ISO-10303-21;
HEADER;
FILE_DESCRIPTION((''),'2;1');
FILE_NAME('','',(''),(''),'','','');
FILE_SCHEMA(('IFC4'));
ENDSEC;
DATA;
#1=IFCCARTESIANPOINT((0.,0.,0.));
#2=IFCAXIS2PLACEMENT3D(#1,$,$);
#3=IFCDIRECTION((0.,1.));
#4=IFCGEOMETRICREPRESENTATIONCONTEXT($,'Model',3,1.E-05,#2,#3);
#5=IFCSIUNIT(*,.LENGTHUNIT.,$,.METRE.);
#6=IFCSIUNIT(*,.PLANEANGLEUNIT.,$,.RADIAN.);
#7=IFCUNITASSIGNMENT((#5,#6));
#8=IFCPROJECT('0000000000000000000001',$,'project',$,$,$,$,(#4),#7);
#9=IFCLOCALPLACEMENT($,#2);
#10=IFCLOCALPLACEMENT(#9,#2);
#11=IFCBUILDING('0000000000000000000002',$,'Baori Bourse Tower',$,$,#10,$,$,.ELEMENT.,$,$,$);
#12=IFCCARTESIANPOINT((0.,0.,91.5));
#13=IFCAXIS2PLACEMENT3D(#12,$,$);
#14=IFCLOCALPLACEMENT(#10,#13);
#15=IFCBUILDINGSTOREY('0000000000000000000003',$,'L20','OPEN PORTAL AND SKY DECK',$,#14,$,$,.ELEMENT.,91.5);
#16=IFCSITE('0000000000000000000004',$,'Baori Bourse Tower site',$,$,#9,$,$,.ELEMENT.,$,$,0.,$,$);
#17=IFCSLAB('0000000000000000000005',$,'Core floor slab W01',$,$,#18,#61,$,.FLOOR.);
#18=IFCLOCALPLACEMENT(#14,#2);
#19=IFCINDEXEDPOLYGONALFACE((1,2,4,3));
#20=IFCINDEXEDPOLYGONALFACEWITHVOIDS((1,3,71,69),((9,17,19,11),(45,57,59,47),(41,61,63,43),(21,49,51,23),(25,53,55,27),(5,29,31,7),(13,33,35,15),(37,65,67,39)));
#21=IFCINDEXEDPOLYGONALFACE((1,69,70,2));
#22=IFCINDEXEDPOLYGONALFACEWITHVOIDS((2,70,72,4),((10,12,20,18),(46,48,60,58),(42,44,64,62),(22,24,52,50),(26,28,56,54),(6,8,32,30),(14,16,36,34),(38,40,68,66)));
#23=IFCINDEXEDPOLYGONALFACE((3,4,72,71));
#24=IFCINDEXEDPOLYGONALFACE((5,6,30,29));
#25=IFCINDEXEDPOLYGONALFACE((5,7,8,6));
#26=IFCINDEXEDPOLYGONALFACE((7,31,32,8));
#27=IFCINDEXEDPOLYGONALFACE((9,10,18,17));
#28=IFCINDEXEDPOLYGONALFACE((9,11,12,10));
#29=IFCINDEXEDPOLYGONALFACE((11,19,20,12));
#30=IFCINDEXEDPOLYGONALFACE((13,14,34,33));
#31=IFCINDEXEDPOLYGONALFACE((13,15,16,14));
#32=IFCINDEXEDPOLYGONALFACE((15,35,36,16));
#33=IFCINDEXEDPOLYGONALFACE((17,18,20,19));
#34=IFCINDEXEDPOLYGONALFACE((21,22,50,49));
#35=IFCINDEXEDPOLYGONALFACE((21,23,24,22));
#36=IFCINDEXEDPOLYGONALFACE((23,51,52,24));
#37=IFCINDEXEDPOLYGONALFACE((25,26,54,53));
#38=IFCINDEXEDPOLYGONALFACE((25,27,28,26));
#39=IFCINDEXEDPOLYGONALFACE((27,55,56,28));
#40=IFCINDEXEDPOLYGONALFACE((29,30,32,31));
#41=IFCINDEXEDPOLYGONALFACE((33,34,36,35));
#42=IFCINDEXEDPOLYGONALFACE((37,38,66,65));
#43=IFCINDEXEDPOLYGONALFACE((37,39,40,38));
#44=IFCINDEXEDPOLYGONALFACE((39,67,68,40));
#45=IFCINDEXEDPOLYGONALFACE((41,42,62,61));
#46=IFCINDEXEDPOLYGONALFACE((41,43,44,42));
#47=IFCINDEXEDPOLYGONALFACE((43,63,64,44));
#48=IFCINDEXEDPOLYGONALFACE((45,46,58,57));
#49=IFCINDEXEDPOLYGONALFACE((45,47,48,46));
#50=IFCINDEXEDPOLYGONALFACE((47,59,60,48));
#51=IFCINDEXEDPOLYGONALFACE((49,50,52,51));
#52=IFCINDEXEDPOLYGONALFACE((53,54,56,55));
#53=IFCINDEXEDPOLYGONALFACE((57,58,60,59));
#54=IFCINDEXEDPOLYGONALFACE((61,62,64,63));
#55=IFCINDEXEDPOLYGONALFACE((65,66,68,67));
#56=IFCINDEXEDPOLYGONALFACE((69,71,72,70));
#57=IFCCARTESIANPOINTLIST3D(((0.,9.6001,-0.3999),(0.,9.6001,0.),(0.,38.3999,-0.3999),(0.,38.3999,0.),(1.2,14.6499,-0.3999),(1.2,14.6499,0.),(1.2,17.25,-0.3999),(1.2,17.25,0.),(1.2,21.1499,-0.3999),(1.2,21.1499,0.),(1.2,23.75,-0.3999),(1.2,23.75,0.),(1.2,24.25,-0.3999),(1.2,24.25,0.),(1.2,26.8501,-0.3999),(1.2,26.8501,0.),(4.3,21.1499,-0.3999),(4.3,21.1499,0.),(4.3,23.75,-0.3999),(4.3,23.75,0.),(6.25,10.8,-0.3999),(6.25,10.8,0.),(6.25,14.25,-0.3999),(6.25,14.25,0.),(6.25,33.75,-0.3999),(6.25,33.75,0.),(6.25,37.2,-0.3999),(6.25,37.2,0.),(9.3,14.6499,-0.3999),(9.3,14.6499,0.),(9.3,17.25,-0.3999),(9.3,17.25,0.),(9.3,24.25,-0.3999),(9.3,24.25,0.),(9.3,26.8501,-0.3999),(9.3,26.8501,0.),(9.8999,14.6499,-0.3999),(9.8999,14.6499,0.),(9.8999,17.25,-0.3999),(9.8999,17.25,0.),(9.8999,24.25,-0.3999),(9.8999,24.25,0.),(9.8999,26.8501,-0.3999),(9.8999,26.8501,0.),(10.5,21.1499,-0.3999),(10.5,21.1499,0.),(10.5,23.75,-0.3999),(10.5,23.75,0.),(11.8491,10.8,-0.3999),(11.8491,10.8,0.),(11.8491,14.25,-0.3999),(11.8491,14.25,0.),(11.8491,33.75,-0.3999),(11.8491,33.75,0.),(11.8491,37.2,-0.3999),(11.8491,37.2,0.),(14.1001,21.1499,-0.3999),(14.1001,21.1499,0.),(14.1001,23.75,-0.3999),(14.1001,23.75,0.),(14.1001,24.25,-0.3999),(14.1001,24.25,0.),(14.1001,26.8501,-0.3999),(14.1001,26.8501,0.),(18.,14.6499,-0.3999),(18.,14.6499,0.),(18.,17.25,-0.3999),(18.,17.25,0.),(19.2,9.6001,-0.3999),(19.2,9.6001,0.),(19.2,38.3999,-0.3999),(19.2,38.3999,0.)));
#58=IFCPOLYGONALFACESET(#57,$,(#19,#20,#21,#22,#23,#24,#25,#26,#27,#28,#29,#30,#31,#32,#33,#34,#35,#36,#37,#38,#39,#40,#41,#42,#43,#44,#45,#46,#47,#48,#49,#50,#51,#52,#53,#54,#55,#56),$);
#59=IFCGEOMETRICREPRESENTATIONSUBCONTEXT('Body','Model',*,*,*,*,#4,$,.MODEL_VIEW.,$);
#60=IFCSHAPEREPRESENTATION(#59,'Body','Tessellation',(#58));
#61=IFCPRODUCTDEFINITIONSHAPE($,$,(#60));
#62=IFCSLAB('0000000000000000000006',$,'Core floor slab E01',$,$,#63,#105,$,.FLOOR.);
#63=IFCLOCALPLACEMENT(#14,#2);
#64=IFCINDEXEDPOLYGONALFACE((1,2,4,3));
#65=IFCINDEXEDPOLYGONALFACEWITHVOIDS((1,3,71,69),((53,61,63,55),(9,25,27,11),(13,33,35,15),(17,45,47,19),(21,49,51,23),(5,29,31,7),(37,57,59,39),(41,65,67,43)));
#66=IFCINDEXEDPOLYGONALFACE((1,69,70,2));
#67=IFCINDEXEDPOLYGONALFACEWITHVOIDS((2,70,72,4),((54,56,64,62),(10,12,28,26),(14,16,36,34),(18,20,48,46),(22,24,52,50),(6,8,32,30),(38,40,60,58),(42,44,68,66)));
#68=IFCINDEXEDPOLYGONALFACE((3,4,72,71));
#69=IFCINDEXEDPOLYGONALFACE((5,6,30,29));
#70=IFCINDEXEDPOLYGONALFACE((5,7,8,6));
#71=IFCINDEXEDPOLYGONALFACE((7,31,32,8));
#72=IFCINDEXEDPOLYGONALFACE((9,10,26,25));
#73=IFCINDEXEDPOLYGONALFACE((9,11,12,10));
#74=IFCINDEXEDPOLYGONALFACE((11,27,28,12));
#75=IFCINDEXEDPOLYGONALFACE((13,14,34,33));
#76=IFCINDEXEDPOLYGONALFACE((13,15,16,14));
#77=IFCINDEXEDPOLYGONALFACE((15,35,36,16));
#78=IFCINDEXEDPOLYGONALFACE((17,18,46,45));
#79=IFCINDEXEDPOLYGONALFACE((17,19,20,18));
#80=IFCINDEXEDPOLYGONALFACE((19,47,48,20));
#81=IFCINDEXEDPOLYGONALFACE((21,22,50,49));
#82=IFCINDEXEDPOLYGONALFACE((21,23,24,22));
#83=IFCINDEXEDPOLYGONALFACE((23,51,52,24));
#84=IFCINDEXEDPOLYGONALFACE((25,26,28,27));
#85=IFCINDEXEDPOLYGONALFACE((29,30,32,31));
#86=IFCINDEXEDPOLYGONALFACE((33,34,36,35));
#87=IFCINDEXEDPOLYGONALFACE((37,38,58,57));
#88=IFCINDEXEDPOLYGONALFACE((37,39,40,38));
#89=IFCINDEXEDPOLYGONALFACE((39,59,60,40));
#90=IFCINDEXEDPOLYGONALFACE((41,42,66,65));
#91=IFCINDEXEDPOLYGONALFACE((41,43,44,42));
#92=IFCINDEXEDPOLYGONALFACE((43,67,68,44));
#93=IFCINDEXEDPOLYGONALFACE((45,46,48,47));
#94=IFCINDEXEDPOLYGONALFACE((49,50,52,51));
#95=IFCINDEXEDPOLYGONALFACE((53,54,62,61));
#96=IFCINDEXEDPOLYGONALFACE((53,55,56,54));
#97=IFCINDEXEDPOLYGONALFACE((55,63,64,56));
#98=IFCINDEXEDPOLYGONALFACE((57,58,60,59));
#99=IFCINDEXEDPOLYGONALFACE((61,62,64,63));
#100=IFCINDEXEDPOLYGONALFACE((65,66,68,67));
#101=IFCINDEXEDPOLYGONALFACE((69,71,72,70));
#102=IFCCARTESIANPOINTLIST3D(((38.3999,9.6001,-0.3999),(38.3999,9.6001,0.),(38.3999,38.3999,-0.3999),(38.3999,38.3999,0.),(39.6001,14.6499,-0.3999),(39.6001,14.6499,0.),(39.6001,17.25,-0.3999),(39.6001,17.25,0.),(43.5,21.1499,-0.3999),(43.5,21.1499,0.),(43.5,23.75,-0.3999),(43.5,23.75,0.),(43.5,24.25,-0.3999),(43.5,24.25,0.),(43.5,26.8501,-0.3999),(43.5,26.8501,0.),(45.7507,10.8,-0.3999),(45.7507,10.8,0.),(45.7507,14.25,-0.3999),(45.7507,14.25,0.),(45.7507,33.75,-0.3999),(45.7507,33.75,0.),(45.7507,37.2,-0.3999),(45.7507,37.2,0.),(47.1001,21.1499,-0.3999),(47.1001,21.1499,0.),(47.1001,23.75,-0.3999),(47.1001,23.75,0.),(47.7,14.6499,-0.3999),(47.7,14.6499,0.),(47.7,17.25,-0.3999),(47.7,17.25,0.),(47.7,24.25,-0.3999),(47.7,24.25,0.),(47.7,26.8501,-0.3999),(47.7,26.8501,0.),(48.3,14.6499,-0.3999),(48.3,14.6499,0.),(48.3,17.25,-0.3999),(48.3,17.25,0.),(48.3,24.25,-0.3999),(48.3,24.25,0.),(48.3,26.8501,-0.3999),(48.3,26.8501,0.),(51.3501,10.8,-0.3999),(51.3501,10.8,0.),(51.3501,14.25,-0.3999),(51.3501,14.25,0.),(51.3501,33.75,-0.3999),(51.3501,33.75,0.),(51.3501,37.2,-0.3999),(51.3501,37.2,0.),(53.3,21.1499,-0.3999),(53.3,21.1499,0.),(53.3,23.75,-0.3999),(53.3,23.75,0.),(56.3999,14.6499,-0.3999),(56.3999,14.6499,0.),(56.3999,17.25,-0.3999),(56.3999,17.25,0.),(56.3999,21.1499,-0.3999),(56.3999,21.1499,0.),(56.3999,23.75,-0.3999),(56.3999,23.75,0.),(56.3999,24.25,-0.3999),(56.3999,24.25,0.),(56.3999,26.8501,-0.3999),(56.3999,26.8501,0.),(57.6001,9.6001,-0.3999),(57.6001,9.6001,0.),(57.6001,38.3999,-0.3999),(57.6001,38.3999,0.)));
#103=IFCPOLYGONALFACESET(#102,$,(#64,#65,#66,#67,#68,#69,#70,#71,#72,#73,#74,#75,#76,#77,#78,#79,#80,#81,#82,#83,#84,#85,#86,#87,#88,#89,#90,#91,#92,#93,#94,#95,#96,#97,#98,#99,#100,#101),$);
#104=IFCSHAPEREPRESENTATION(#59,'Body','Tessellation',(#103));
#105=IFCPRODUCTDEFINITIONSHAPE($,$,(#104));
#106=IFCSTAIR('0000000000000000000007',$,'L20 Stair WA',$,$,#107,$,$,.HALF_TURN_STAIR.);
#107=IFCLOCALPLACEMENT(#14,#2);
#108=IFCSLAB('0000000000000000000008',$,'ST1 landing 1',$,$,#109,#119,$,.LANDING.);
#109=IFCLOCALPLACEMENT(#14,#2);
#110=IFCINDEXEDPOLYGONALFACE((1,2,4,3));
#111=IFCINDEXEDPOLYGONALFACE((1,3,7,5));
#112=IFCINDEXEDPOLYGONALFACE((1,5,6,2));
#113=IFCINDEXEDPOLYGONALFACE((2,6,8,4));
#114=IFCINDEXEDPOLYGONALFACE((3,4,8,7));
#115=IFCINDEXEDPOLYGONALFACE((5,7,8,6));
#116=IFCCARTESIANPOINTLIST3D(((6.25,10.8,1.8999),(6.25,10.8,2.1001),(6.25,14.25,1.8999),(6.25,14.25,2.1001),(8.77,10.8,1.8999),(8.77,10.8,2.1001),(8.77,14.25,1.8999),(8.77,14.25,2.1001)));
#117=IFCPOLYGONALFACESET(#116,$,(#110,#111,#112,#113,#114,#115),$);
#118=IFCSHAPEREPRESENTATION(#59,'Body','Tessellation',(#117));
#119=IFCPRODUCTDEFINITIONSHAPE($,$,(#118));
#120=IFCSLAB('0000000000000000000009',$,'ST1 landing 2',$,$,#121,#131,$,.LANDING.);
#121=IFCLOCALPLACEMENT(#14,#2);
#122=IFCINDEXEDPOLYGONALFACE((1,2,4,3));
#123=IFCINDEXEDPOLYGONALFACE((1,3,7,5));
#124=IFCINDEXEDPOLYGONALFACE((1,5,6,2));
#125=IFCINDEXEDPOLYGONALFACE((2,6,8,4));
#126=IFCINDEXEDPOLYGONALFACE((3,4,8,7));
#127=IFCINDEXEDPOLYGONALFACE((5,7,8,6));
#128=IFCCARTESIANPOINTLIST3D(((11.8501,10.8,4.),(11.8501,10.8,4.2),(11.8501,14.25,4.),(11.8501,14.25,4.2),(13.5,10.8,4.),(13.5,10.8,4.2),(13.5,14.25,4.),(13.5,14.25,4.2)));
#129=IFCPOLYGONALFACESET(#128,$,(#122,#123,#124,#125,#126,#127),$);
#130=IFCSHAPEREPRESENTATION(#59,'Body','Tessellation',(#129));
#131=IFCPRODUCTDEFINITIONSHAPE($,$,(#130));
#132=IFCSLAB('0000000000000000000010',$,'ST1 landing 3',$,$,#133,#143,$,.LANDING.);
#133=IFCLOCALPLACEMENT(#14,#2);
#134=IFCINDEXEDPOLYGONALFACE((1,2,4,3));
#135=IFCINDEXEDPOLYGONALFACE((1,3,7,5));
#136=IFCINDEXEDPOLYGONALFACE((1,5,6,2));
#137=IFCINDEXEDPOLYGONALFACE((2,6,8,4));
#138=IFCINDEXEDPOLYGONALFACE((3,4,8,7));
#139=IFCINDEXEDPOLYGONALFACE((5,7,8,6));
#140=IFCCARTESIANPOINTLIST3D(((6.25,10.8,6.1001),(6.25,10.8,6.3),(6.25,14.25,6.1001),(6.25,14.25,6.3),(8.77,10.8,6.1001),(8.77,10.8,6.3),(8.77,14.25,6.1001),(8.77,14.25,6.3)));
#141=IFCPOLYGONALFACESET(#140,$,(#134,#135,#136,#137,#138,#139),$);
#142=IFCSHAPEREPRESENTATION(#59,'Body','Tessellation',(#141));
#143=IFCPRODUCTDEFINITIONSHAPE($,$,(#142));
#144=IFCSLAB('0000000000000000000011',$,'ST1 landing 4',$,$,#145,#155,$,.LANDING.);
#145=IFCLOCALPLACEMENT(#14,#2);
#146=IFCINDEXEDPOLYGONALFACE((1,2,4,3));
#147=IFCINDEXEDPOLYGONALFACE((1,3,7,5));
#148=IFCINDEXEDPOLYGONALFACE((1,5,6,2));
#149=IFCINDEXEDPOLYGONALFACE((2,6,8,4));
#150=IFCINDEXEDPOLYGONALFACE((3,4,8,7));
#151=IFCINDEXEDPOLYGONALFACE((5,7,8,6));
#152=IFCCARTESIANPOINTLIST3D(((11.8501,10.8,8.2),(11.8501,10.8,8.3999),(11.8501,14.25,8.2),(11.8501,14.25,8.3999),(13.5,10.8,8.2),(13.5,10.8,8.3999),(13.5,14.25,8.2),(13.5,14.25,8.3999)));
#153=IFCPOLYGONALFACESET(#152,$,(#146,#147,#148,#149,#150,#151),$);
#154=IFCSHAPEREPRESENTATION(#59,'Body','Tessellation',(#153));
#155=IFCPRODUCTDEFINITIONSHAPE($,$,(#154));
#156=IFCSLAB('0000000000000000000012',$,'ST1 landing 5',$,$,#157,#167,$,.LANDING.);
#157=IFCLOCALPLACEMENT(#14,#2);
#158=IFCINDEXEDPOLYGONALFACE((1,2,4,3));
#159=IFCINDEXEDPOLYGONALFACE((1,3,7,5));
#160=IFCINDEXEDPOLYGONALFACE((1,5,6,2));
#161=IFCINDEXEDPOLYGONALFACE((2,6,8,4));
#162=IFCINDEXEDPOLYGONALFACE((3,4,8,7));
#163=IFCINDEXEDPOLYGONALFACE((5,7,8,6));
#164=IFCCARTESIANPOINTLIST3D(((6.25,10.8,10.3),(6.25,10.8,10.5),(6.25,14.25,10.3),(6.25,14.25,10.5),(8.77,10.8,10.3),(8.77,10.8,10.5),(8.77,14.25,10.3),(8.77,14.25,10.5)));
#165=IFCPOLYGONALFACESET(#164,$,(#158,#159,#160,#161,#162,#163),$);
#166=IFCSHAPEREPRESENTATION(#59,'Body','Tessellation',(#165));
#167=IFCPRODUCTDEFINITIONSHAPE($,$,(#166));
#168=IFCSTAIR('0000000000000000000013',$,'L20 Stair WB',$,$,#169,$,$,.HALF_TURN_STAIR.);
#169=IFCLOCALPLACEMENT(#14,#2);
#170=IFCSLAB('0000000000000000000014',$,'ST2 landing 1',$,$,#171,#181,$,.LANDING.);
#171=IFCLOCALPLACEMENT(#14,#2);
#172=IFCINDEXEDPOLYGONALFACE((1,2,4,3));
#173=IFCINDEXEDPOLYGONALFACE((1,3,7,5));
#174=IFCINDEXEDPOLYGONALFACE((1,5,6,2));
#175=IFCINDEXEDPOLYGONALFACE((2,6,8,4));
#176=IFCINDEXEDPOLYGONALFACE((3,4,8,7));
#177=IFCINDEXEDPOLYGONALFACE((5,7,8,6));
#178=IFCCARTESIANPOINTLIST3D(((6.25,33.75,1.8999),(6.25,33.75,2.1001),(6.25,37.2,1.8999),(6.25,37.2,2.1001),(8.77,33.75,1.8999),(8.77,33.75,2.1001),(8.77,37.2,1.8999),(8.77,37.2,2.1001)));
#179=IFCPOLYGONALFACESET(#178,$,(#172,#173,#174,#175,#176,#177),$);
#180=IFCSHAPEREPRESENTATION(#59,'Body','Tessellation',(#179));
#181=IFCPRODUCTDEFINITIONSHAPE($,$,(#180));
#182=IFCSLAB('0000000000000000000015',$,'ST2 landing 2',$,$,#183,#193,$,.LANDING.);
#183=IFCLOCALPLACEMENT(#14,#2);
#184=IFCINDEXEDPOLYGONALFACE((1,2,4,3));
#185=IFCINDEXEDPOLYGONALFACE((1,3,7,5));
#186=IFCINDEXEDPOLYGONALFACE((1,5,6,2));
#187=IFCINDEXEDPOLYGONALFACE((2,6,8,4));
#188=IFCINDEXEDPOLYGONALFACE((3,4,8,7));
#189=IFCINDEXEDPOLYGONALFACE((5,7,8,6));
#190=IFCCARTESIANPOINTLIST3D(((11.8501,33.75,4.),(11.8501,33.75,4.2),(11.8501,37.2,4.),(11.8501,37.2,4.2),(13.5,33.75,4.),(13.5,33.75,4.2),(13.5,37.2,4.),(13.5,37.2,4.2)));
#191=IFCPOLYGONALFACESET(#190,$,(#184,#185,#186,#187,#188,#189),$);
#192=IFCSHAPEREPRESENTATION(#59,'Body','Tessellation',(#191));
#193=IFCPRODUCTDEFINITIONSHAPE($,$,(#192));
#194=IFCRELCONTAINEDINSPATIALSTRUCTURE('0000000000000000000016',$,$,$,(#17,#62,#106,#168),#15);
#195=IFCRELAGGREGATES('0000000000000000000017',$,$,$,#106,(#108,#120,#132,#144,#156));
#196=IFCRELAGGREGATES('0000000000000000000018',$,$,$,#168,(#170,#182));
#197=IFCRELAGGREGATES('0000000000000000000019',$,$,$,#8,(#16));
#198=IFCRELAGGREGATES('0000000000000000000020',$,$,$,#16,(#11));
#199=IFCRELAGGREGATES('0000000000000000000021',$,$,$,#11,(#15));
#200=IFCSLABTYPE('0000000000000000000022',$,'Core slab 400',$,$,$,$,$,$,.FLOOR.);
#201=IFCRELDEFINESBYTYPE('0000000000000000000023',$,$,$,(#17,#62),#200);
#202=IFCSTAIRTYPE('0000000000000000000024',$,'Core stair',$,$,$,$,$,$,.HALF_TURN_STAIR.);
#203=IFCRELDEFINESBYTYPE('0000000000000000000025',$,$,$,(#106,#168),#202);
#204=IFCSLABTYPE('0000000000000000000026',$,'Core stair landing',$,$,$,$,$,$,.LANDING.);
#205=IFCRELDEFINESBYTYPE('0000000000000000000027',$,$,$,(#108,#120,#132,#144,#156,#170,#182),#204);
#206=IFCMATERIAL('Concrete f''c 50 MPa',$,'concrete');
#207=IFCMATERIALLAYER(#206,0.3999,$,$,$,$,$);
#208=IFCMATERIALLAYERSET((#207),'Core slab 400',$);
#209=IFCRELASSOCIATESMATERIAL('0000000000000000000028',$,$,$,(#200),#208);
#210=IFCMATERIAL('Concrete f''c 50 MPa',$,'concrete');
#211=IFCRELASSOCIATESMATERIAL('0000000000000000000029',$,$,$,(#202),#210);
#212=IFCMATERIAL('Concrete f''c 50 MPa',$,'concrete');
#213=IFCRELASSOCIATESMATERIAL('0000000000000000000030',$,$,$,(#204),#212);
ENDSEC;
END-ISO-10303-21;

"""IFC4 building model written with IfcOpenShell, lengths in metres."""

from ifc_helpers import new_model, si_unit, direction, frame, origin, place, context, subcontext, project, spatial, polyline, outline, extrude, material, layer, layer_set, type_object, element, aggregate, save


model = new_model("IFC4")

# Units and contexts
model_context = context("Model", 3, precision=1e-05, world=origin(), true_north=direction((0.0, 1.0)))
body_context = subcontext(model_context, "Body", "Model", "MODEL_VIEW")
ifc_project = project(units=[si_unit("LENGTHUNIT", "METRE"), si_unit("PLANEANGLEUNIT", "RADIAN")], contexts=[model_context])

# Site, building, storey
site_placement = place(None, origin())
site = spatial("IfcSite", under=ifc_project, at=site_placement, Name="Baori Bourse Tower site", CompositionType="ELEMENT", RefElevation=0.0)
building_placement = place(site_placement, origin())
building = spatial("IfcBuilding", under=site, at=building_placement, Name="Baori Bourse Tower", CompositionType="ELEMENT")
storey_placement = place(building_placement, frame((0.0, 0.0, 91.5)))
storey = spatial("IfcBuildingStorey", under=building, at=storey_placement, Name="L20", Description="OPEN PORTAL AND SKY DECK", CompositionType="ELEMENT", Elevation=91.5)

# Slabs
ifc_material_1 = material(Name="Concrete f'c 50 MPa", Category="concrete")
ifc_layer_1 = layer(ifc_material_1, 0.3999)
ifc_layer_set_1 = layer_set([ifc_layer_1], Name="Core slab 400")
slab_type_1 = type_object("IfcSlabType", Name="Core slab 400", PredefinedType="FLOOR", material=ifc_layer_set_1)
slab_1_placement = place(storey_placement, frame((0.0, 0.0, -0.3999)))
element("IfcSlab", 1, at=slab_1_placement, inside=storey, type_object=slab_type_1, Name="Core floor slab W01", PredefinedType="FLOOR", context=body_context, shape_type="SweptSolid", body=[
    extrude(outline(polyline([(19.2, 9.6001), (19.2, 38.3999), (0.0, 38.3999), (0.0, 9.6001), (19.2, 9.6001)]), holes=[polyline([(9.8999, 14.6499), (9.8999, 17.25), (18.0, 17.25), (18.0, 14.6499), (9.8999, 14.6499)]), polyline([(10.5, 21.1499), (10.5, 23.75), (14.1001, 23.75), (14.1001, 21.1499), (10.5, 21.1499)]), polyline([(14.1001, 24.25), (9.8999, 24.25), (9.8999, 26.8501), (14.1001, 26.8501), (14.1001, 24.25)]), polyline([(6.25, 14.25), (11.8491, 14.25), (11.8491, 10.8), (6.25, 10.8), (6.25, 14.25)]), polyline([(11.8491, 37.2), (11.8491, 33.75), (6.25, 33.75), (6.25, 37.2), (11.8491, 37.2)]), polyline([(1.2, 26.8501), (9.3, 26.8501), (9.3, 24.25), (1.2, 24.25), (1.2, 26.8501)]), polyline([(9.3, 14.6499), (1.2, 14.6499), (1.2, 17.25), (9.3, 17.25), (9.3, 14.6499)]), polyline([(4.3, 23.75), (4.3, 21.1499), (1.2, 21.1499), (1.2, 23.75), (4.3, 23.75)])]), origin(), (0.0, 0.0, 1.0), 0.3999),
])
slab_2_placement = place(storey_placement, frame((0.0, 0.0, -0.3999)))
element("IfcSlab", 2, at=slab_2_placement, inside=storey, type_object=slab_type_1, Name="Core floor slab E01", PredefinedType="FLOOR", context=body_context, shape_type="SweptSolid", body=[
    extrude(outline(polyline([(38.3999, 9.6001), (57.6001, 9.6001), (57.6001, 38.3999), (38.3999, 38.3999), (38.3999, 9.6001)]), holes=[polyline([(48.3, 14.6499), (48.3, 17.25), (56.3999, 17.25), (56.3999, 14.6499), (48.3, 14.6499)]), polyline([(56.3999, 21.1499), (53.3, 21.1499), (53.3, 23.75), (56.3999, 23.75), (56.3999, 21.1499)]), polyline([(56.3999, 26.8501), (56.3999, 24.25), (48.3, 24.25), (48.3, 26.8501), (56.3999, 26.8501)]), polyline([(45.7507, 14.25), (51.3501, 14.25), (51.3501, 10.8), (45.7507, 10.8), (45.7507, 14.25)]), polyline([(51.3501, 37.2), (51.3501, 33.75), (45.7507, 33.75), (45.7507, 37.2), (51.3501, 37.2)]), polyline([(39.6001, 17.25), (47.7, 17.25), (47.7, 14.6499), (39.6001, 14.6499), (39.6001, 17.25)]), polyline([(43.5, 24.25), (43.5, 26.8501), (47.7, 26.8501), (47.7, 24.25), (43.5, 24.25)]), polyline([(43.5, 23.75), (47.1001, 23.75), (47.1001, 21.1499), (43.5, 21.1499), (43.5, 23.75)])]), origin(), (0.0, 0.0, 1.0), 0.3999),
])

# Stairs, slabs
ifc_material_2 = material(Name="Concrete f'c 50 MPa", Category="concrete")
stair_type = type_object("IfcStairType", Name="Core stair", PredefinedType="HALF_TURN_STAIR", material=ifc_material_2)
stair_1_placement = place(storey_placement, origin())
stair_1 = element("IfcStair", 3, at=stair_1_placement, inside=storey, type_object=stair_type, Name="L20 Stair WA", PredefinedType="HALF_TURN_STAIR")
ifc_material_3 = material(Name="Concrete f'c 50 MPa", Category="concrete")
slab_type_2 = type_object("IfcSlabType", Name="Core stair landing", PredefinedType="LANDING", material=ifc_material_3)
slab_3_placement = place(storey_placement, frame((0.0, 0.0, 1.8999)))
slab_3 = element("IfcSlab", 4, at=slab_3_placement, type_object=slab_type_2, Name="ST1 landing 1", PredefinedType="LANDING", context=body_context, shape_type="SweptSolid", body=[
    extrude(outline(polyline([(8.77, 14.25), (6.25, 14.25), (6.25, 10.8), (8.77, 10.8), (8.77, 14.25)])), origin(), (0.0, 0.0, 1.0), 0.2002),
])
slab_4_placement = place(storey_placement, frame((0.0, 0.0, 4.0)))
slab_4 = element("IfcSlab", 5, at=slab_4_placement, type_object=slab_type_2, Name="ST1 landing 2", PredefinedType="LANDING", context=body_context, shape_type="SweptSolid", body=[
    extrude(outline(polyline([(13.5, 14.25), (11.8501, 14.25), (11.8501, 10.8), (13.5, 10.8), (13.5, 14.25)])), origin(), (0.0, 0.0, 1.0), 0.2),
])
slab_5_placement = place(storey_placement, frame((0.0, 0.0, 6.1001)))
slab_5 = element("IfcSlab", 6, at=slab_5_placement, type_object=slab_type_2, Name="ST1 landing 3", PredefinedType="LANDING", context=body_context, shape_type="SweptSolid", body=[
    extrude(outline(polyline([(8.77, 14.25), (6.25, 14.25), (6.25, 10.8), (8.77, 10.8), (8.77, 14.25)])), origin(), (0.0, 0.0, 1.0), 0.2),
])
slab_6_placement = place(storey_placement, frame((0.0, 0.0, 8.2)))
slab_6 = element("IfcSlab", 7, at=slab_6_placement, type_object=slab_type_2, Name="ST1 landing 4", PredefinedType="LANDING", context=body_context, shape_type="SweptSolid", body=[
    extrude(outline(polyline([(13.5, 14.25), (11.8501, 14.25), (11.8501, 10.8), (13.5, 10.8), (13.5, 14.25)])), origin(), (0.0, 0.0, 1.0), 0.2),
])
slab_7_placement = place(storey_placement, frame((0.0, 0.0, 10.3)))
slab_7 = element("IfcSlab", 8, at=slab_7_placement, type_object=slab_type_2, Name="ST1 landing 5", PredefinedType="LANDING", context=body_context, shape_type="SweptSolid", body=[
    extrude(outline(polyline([(8.77, 14.25), (6.25, 14.25), (6.25, 10.8), (8.77, 10.8), (8.77, 14.25)])), origin(), (0.0, 0.0, 1.0), 0.2),
])
aggregate(stair_1, [slab_3, slab_4, slab_5, slab_6, slab_7])
stair_2_placement = place(storey_placement, origin())
stair_2 = element("IfcStair", 9, at=stair_2_placement, inside=storey, type_object=stair_type, Name="L20 Stair WB", PredefinedType="HALF_TURN_STAIR")
slab_8_placement = place(storey_placement, frame((0.0, 0.0, 1.8999)))
slab_8 = element("IfcSlab", 10, at=slab_8_placement, type_object=slab_type_2, Name="ST2 landing 1", PredefinedType="LANDING", context=body_context, shape_type="SweptSolid", body=[
    extrude(outline(polyline([(8.77, 37.2), (6.25, 37.2), (6.25, 33.75), (8.77, 33.75), (8.77, 37.2)])), origin(), (0.0, 0.0, 1.0), 0.2002),
])
slab_9_placement = place(storey_placement, frame((0.0, 0.0, 4.0)))
slab_9 = element("IfcSlab", 11, at=slab_9_placement, type_object=slab_type_2, Name="ST2 landing 2", PredefinedType="LANDING", context=body_context, shape_type="SweptSolid", body=[
    extrude(outline(polyline([(13.5, 37.2), (11.8501, 37.2), (11.8501, 33.75), (13.5, 33.75), (13.5, 37.2)])), origin(), (0.0, 0.0, 1.0), 0.2),
])
aggregate(stair_2, [slab_8, slab_9])

save(model, "model.ifc")
